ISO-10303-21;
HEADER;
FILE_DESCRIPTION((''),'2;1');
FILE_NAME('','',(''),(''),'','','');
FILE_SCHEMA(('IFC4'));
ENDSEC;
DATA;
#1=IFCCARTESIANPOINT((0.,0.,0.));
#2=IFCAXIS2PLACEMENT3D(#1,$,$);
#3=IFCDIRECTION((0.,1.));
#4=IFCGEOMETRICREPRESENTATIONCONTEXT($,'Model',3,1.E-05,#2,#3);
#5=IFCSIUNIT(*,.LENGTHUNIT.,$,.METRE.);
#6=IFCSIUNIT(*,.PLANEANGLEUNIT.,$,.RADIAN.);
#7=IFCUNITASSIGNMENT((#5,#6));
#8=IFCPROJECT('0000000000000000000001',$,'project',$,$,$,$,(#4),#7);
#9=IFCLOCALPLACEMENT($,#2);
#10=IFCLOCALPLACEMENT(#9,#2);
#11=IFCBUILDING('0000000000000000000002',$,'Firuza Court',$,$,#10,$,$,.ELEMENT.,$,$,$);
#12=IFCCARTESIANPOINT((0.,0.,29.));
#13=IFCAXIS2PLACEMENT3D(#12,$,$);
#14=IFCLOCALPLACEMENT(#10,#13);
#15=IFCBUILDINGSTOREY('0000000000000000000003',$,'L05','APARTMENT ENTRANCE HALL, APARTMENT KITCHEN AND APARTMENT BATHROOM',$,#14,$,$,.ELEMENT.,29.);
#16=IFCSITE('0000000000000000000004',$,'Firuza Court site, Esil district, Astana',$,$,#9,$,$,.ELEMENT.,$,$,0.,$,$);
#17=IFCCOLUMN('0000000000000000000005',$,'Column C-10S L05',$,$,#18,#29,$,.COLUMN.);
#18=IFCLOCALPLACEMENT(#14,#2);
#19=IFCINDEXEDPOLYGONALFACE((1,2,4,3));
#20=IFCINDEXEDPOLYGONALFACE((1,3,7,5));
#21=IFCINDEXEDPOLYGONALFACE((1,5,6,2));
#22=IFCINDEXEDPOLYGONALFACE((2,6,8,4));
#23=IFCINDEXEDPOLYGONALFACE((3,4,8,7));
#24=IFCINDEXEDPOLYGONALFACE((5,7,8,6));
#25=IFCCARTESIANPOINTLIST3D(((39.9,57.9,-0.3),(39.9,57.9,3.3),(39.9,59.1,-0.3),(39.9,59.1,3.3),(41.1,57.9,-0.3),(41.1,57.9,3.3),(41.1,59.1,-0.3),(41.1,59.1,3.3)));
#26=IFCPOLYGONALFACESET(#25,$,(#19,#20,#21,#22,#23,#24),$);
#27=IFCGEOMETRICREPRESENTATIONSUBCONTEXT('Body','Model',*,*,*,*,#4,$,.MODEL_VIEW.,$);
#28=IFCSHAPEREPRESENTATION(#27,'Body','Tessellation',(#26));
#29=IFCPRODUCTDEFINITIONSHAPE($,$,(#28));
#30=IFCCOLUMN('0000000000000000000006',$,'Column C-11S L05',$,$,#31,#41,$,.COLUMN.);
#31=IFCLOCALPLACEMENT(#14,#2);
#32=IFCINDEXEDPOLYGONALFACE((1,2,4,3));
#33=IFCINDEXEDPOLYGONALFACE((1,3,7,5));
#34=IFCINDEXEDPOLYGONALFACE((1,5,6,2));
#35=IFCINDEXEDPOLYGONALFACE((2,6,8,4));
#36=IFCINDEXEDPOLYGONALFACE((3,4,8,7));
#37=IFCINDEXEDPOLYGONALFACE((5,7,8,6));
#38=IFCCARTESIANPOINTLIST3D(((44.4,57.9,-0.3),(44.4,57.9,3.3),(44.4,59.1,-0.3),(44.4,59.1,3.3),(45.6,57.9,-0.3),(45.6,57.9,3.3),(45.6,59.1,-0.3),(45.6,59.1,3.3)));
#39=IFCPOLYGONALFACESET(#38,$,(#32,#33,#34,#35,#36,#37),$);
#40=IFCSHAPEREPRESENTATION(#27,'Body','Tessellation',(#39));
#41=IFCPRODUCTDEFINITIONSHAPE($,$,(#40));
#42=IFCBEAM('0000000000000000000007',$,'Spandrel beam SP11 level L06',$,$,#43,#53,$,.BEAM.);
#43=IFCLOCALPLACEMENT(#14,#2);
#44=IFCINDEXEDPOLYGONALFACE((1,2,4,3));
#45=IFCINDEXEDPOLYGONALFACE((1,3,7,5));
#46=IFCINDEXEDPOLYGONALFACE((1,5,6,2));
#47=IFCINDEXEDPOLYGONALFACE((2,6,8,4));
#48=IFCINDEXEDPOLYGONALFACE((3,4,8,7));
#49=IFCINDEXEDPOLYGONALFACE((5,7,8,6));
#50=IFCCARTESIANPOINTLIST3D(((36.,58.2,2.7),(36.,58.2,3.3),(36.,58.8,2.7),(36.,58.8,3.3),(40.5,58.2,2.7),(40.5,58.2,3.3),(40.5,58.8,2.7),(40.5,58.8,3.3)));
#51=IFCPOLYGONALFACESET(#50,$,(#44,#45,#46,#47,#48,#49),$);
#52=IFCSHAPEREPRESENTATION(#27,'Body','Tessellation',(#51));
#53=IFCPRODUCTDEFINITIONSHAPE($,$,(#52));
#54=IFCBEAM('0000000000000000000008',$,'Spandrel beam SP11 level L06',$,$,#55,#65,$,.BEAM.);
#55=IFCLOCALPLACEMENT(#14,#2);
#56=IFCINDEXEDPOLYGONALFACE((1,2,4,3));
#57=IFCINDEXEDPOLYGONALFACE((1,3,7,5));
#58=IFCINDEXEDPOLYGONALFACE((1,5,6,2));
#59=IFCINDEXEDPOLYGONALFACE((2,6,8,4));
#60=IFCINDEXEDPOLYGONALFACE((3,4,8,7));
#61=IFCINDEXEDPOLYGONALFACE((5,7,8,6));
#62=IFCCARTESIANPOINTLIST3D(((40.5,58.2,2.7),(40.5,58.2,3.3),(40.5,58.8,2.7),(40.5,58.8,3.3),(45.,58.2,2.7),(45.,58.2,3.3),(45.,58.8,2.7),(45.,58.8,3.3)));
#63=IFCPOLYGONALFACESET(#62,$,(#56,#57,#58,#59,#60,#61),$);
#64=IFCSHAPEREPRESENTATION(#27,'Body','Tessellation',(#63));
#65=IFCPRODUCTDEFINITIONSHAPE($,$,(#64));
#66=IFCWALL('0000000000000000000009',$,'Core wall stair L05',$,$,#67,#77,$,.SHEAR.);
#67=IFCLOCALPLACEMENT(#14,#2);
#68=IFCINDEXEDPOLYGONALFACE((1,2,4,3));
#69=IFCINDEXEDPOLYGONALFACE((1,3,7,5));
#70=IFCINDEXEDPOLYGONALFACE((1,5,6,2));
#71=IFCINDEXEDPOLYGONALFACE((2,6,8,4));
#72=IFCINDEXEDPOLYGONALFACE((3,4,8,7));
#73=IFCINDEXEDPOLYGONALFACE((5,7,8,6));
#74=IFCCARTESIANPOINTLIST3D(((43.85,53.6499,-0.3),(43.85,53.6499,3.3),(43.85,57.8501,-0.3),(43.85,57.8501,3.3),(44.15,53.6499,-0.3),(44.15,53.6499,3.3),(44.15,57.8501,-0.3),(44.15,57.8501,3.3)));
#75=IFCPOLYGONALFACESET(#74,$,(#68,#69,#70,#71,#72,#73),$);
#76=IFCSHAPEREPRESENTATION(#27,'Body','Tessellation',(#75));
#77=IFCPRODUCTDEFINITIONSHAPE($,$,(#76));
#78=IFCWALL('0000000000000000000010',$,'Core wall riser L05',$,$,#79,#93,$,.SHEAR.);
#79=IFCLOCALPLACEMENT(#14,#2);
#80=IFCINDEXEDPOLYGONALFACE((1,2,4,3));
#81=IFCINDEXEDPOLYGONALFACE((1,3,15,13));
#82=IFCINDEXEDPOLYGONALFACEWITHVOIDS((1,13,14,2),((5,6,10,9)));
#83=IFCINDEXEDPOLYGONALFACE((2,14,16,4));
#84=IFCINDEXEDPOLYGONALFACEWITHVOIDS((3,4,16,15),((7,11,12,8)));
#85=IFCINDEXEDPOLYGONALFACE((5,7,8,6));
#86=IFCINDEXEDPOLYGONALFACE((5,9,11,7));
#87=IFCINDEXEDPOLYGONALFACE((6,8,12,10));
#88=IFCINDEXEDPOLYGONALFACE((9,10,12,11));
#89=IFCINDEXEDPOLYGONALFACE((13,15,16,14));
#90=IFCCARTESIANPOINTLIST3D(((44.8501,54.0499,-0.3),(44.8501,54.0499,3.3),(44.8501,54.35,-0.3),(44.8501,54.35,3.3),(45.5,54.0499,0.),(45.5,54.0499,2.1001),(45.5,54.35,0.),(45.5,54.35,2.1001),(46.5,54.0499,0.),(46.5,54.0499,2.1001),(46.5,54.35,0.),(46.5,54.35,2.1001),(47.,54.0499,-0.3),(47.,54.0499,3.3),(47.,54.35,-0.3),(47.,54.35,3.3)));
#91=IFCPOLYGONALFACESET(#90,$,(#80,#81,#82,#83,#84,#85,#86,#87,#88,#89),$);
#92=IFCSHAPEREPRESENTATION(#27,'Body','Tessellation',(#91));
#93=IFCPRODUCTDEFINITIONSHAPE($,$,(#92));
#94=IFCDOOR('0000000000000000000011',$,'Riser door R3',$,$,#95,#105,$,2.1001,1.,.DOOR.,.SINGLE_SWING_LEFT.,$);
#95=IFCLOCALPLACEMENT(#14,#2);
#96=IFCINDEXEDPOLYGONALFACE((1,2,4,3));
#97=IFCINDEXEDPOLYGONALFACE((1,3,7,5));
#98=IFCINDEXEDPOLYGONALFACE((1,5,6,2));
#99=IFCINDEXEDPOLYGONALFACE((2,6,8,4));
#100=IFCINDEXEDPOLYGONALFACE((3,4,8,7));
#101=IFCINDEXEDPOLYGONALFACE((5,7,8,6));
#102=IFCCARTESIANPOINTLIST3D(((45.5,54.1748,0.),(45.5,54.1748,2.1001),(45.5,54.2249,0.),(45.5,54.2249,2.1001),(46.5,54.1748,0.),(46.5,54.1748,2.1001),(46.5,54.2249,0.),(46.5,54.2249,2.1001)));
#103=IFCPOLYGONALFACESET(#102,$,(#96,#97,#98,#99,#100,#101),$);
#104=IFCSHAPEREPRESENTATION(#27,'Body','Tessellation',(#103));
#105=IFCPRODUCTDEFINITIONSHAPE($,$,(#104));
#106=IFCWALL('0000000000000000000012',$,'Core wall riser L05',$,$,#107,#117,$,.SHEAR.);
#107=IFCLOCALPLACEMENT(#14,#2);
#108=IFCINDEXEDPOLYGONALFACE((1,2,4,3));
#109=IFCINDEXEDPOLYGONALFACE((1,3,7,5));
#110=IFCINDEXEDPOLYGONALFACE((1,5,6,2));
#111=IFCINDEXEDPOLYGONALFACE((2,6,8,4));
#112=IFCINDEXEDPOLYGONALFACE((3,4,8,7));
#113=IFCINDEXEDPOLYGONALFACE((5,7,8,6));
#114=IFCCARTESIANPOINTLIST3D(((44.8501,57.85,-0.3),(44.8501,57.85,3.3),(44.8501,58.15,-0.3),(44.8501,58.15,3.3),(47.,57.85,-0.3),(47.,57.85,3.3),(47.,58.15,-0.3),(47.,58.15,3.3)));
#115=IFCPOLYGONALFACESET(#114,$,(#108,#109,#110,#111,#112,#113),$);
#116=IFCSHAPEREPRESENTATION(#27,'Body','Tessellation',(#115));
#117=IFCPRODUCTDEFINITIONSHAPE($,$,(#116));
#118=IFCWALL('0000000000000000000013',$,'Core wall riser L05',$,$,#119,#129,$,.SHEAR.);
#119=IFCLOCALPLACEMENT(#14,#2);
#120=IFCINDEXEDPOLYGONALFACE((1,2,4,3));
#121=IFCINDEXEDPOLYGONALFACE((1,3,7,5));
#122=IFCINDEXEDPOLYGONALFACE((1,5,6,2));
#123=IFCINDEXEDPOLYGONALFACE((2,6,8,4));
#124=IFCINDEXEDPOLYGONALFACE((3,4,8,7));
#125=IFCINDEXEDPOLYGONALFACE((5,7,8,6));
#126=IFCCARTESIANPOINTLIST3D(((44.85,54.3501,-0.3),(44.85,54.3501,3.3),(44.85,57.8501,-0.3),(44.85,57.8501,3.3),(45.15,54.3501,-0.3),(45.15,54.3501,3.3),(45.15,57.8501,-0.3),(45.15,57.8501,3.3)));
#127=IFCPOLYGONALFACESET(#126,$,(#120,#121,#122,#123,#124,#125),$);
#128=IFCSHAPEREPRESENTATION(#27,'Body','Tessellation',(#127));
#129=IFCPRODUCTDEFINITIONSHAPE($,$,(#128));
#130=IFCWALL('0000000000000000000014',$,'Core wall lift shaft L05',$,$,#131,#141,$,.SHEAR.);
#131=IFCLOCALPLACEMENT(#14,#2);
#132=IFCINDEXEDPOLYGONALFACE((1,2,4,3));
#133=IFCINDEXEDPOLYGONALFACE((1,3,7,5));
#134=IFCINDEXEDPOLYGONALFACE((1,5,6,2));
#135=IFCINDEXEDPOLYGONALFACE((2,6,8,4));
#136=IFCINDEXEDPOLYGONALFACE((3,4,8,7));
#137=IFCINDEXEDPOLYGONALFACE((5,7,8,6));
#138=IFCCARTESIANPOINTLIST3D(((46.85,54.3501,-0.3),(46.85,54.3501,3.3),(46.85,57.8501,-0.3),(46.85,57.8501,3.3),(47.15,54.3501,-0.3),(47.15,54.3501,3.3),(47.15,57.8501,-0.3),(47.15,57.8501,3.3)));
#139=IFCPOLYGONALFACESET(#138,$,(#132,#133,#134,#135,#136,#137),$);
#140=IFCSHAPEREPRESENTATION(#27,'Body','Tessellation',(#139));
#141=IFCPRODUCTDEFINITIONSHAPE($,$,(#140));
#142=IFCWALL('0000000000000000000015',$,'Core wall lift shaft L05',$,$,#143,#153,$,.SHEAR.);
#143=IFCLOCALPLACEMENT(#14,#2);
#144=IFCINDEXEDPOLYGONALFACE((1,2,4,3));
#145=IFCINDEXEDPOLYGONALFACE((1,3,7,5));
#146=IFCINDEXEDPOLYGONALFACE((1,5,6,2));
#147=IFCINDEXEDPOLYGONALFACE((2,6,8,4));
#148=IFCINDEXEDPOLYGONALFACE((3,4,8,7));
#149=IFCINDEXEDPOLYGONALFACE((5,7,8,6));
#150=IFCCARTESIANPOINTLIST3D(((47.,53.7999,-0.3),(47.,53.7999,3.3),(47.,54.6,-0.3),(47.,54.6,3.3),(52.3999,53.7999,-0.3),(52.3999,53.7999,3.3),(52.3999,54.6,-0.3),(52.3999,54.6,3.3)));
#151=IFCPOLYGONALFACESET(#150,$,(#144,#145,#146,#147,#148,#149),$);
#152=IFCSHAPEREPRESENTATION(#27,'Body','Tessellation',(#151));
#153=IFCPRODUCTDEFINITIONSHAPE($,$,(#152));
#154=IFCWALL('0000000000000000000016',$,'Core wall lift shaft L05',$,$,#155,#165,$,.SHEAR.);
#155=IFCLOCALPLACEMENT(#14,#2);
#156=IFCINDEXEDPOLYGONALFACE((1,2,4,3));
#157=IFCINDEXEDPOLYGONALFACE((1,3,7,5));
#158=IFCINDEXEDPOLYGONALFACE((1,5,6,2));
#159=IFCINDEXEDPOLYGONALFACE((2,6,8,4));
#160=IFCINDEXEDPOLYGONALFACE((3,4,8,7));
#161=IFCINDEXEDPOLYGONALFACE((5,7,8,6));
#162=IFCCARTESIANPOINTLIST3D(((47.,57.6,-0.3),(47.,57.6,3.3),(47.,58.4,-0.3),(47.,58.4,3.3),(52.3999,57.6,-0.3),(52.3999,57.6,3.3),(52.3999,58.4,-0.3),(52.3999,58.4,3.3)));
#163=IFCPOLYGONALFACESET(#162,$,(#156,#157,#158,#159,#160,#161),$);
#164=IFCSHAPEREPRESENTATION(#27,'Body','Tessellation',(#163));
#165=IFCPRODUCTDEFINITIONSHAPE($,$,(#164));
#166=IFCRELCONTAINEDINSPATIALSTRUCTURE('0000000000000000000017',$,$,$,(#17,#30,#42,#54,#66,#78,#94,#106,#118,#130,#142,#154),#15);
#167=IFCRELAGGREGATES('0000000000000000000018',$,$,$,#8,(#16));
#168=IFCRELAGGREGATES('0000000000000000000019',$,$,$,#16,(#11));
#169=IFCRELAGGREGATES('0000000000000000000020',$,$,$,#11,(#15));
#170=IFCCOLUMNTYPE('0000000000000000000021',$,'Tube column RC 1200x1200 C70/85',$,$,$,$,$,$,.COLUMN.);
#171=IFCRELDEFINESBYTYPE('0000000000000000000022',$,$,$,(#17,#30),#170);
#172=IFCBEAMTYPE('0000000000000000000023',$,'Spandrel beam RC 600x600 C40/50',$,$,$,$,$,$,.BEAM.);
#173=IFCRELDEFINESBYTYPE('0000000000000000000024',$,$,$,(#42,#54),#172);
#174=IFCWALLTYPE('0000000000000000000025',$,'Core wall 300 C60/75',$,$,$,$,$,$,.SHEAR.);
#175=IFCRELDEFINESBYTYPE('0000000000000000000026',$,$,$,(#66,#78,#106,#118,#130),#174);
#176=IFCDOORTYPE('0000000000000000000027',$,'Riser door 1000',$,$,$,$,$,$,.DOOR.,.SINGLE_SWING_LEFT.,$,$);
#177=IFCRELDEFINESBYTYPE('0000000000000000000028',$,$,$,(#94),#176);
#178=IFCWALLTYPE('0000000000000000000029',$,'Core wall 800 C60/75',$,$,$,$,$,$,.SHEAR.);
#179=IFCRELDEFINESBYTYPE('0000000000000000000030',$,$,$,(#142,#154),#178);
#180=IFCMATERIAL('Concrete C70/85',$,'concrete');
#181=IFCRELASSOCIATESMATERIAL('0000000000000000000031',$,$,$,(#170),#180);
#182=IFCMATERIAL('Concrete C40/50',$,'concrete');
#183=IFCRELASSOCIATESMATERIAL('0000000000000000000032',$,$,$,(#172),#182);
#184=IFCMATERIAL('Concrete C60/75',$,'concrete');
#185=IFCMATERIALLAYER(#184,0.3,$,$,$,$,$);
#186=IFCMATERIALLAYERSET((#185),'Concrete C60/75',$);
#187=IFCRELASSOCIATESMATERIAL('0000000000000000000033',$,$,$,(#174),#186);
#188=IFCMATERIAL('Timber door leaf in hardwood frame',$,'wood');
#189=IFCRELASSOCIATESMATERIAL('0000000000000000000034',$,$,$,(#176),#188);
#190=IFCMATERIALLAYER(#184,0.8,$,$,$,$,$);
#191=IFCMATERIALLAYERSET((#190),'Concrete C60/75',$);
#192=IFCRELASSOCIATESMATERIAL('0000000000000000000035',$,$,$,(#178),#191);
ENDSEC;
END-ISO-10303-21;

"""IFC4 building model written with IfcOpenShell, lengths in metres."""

from ifc_helpers import new_model, si_unit, direction, frame, frame_2d, origin, origin_2d, place, context, subcontext, project, spatial, rectangle, extrude, material, layer, layer_set, material_profile, profile_set, type_object, element, fill, save


model = new_model("IFC4")

# Units and contexts
model_context = context("Model", 3, precision=1e-05, world=origin(), true_north=direction((0.0, 1.0)))
body_context = subcontext(model_context, "Body", "Model", "MODEL_VIEW")
ifc_project = project(units=[si_unit("LENGTHUNIT", "METRE"), si_unit("PLANEANGLEUNIT", "RADIAN")], contexts=[model_context])

# Site, building, storey
site_placement = place(None, origin())
site = spatial("IfcSite", under=ifc_project, at=site_placement, Name="Firuza Court site, Esil district, Astana", CompositionType="ELEMENT", RefElevation=0.0)
building_placement = place(site_placement, origin())
building = spatial("IfcBuilding", under=site, at=building_placement, Name="Firuza Court", CompositionType="ELEMENT")
storey_placement = place(building_placement, frame((0.0, 0.0, 29.0)))
storey = spatial("IfcBuildingStorey", under=building, at=storey_placement, Name="L05", Description="APARTMENT ENTRANCE HALL, APARTMENT KITCHEN AND APARTMENT BATHROOM", CompositionType="ELEMENT", Elevation=29.0)

# Columns
ifc_material_1 = material(Name="Concrete C70/85", Category="concrete")
ifc_material_profile_1 = material_profile(ifc_material_1, rectangle(XDim=1.2, YDim=1.2, at=origin_2d()), Name="RC 1200x1200")
ifc_profile_set_1 = profile_set([ifc_material_profile_1], Name="Concrete C70/85")
column_type = type_object("IfcColumnType", Name="Tube column RC 1200x1200 C70/85", PredefinedType="COLUMN", material=ifc_profile_set_1)
for number, where, z_axis, x_axis, name in (
    (1, (40.5, 58.5, -0.3), (0.0, 0.0, 1.0), (1.0, 0.0, 0.0), "Column C-10S L05"),
    (2, (45.0, 58.5, -0.3), (0.0, 0.0, 1.0), (1.0, 0.0, 0.0), "Column C-11S L05"),
):
    element("IfcColumn", number, at=place(storey_placement, frame(where, z_axis=z_axis, x_axis=x_axis)), inside=storey, type_object=column_type, Name=name, PredefinedType="COLUMN", context=body_context, shape_type="SweptSolid", body=[
        extrude(rectangle(XDim=1.2, YDim=1.2, at=origin_2d()), origin(), (0.0, 0.0, 1.0), 3.6001),
    ])

# Beams
ifc_material_2 = material(Name="Concrete C40/50", Category="concrete")
ifc_material_profile_2 = material_profile(ifc_material_2, rectangle(XDim=0.6001, YDim=0.6001, at=origin_2d()), Name="RC 600x600")
ifc_profile_set_2 = profile_set([ifc_material_profile_2], Name="Concrete C40/50")
beam_type = type_object("IfcBeamType", Name="Spandrel beam RC 600x600 C40/50", PredefinedType="BEAM", material=ifc_profile_set_2)
for number, where, z_axis, x_axis, name in (
    (3, (40.5, 58.5, 3.0), (-1.0, 0.0, 0.0), (0.0, -1.0, 0.0), "Spandrel beam SP11 level L06"),
    (4, (45.0, 58.5, 3.0), (-1.0, 0.0, 0.0), (0.0, -1.0, 0.0), "Spandrel beam SP11 level L06"),
):
    element("IfcBeam", number, at=place(storey_placement, frame(where, z_axis=z_axis, x_axis=x_axis)), inside=storey, type_object=beam_type, Name=name, PredefinedType="BEAM", context=body_context, shape_type="SweptSolid", body=[
        extrude(rectangle(XDim=0.6001, YDim=0.6001, at=origin_2d()), origin(), (0.0, 0.0, 1.0), 4.5),
    ])

# Wall
ifc_material_3 = material(Name="Concrete C60/75", Category="concrete")
ifc_layer_1 = layer(ifc_material_3, 0.3)
ifc_layer_set_1 = layer_set([ifc_layer_1], Name="Concrete C60/75")
wall_type_1 = type_object("IfcWallType", Name="Core wall 300 C60/75", PredefinedType="SHEAR", material=ifc_layer_set_1)
wall_1_placement = place(storey_placement, frame((44.0, 53.6499, -0.3), z_axis=(0.0, 0.0, 1.0), x_axis=(0.0, 1.0, 0.0)))
element("IfcWall", 5, at=wall_1_placement, inside=storey, type_object=wall_type_1, Name="Core wall stair L05", PredefinedType="SHEAR", context=body_context, shape_type="SweptSolid", body=[
    extrude(rectangle(XDim=4.2002, YDim=0.3, at=frame_2d((2.1001, 0.0))), origin(), (0.0, 0.0, 1.0), 3.6001),
])

# Wall, opening, door
wall_2_placement = place(storey_placement, frame((44.8501, 54.2, -0.3), z_axis=(0.0, 0.0, 1.0), x_axis=(1.0, 0.0, 0.0)))
wall_2 = element("IfcWall", 6, at=wall_2_placement, inside=storey, type_object=wall_type_1, Name="Core wall riser L05", PredefinedType="SHEAR", context=body_context, shape_type="SweptSolid", body=[
    extrude(rectangle(XDim=2.1499, YDim=0.3, at=frame_2d((1.075, 0.0))), origin(), (0.0, 0.0, 1.0), 3.6001),
])
opening_1_placement = place(wall_2_placement, frame((0.6499, 0.0, 0.3)))
opening_1 = element("IfcOpeningElement", 7, at=opening_1_placement, cuts=wall_2, PredefinedType="OPENING", context=body_context, shape_type="SweptSolid", body=[
    extrude(rectangle(XDim=1.0, YDim=2.1001, at=frame_2d((0.5, 1.05))), frame((0.0, 0.1621, 0.0), z_axis=(0.0, -1.0, 0.0), x_axis=(1.0, 0.0, 0.0)), (0.0, 0.0, 1.0), 0.324),
])
ifc_material_4 = material(Name="Timber door leaf in hardwood frame", Category="wood")
door_type_1 = type_object("IfcDoorType", Name="Riser door 1000", OperationType="SINGLE_SWING_LEFT", PredefinedType="DOOR", material=ifc_material_4)
door_1_placement = place(opening_1_placement, origin())
door_1 = element("IfcDoor", 8, at=door_1_placement, inside=storey, type_object=door_type_1, Name="Riser door R3", OperationType="SINGLE_SWING_LEFT", OverallHeight=2.1001, OverallWidth=1.0, PredefinedType="DOOR", context=body_context, shape_type="SweptSolid", body=[
    extrude(rectangle(XDim=1.0, YDim=2.1001, at=frame_2d((0.5, 1.05))), frame((0.0, 0.0249, 0.0), z_axis=(0.0, -1.0, 0.0), x_axis=(1.0, 0.0, 0.0)), (0.0, 0.0, 1.0), 0.05),
])
fill(opening_1, door_1)

# Walls
wall_3_placement = place(storey_placement, frame((44.8501, 58.0, -0.3), z_axis=(0.0, 0.0, 1.0), x_axis=(1.0, 0.0, 0.0)))
element("IfcWall", 9, at=wall_3_placement, inside=storey, type_object=wall_type_1, Name="Core wall riser L05", PredefinedType="SHEAR", context=body_context, shape_type="SweptSolid", body=[
    extrude(rectangle(XDim=2.1499, YDim=0.3, at=frame_2d((1.075, 0.0))), origin(), (0.0, 0.0, 1.0), 3.6001),
])
for number, where, z_axis, x_axis, name in (
    (10, (45.0, 54.3501, -0.3), (0.0, 0.0, 1.0), (0.0, 1.0, 0.0), "Core wall riser L05"),
    (11, (47.0, 54.3501, -0.3), (0.0, 0.0, 1.0), (0.0, 1.0, 0.0), "Core wall lift shaft L05"),
):
    element("IfcWall", number, at=place(storey_placement, frame(where, z_axis=z_axis, x_axis=x_axis)), inside=storey, type_object=wall_type_1, Name=name, PredefinedType="SHEAR", context=body_context, shape_type="SweptSolid", body=[
        extrude(rectangle(XDim=3.5, YDim=0.3, at=frame_2d((1.75, 0.0))), origin(), (0.0, 0.0, 1.0), 3.6001),
    ])
ifc_layer_2 = layer(ifc_material_3, 0.8)
ifc_layer_set_2 = layer_set([ifc_layer_2], Name="Concrete C60/75")
wall_type_2 = type_object("IfcWallType", Name="Core wall 800 C60/75", PredefinedType="SHEAR", material=ifc_layer_set_2)
for number, where, z_axis, x_axis, name in (
    (12, (47.0, 54.2, -0.3), (0.0, 0.0, 1.0), (1.0, 0.0, 0.0), "Core wall lift shaft L05"),
    (13, (47.0, 58.0, -0.3), (0.0, 0.0, 1.0), (1.0, 0.0, 0.0), "Core wall lift shaft L05"),
):
    element("IfcWall", number, at=place(storey_placement, frame(where, z_axis=z_axis, x_axis=x_axis)), inside=storey, type_object=wall_type_2, Name=name, PredefinedType="SHEAR", context=body_context, shape_type="SweptSolid", body=[
        extrude(rectangle(XDim=5.3999, YDim=0.8, at=frame_2d((2.7, 0.0))), origin(), (0.0, 0.0, 1.0), 3.6001),
    ])

save(model, "model.ifc")
